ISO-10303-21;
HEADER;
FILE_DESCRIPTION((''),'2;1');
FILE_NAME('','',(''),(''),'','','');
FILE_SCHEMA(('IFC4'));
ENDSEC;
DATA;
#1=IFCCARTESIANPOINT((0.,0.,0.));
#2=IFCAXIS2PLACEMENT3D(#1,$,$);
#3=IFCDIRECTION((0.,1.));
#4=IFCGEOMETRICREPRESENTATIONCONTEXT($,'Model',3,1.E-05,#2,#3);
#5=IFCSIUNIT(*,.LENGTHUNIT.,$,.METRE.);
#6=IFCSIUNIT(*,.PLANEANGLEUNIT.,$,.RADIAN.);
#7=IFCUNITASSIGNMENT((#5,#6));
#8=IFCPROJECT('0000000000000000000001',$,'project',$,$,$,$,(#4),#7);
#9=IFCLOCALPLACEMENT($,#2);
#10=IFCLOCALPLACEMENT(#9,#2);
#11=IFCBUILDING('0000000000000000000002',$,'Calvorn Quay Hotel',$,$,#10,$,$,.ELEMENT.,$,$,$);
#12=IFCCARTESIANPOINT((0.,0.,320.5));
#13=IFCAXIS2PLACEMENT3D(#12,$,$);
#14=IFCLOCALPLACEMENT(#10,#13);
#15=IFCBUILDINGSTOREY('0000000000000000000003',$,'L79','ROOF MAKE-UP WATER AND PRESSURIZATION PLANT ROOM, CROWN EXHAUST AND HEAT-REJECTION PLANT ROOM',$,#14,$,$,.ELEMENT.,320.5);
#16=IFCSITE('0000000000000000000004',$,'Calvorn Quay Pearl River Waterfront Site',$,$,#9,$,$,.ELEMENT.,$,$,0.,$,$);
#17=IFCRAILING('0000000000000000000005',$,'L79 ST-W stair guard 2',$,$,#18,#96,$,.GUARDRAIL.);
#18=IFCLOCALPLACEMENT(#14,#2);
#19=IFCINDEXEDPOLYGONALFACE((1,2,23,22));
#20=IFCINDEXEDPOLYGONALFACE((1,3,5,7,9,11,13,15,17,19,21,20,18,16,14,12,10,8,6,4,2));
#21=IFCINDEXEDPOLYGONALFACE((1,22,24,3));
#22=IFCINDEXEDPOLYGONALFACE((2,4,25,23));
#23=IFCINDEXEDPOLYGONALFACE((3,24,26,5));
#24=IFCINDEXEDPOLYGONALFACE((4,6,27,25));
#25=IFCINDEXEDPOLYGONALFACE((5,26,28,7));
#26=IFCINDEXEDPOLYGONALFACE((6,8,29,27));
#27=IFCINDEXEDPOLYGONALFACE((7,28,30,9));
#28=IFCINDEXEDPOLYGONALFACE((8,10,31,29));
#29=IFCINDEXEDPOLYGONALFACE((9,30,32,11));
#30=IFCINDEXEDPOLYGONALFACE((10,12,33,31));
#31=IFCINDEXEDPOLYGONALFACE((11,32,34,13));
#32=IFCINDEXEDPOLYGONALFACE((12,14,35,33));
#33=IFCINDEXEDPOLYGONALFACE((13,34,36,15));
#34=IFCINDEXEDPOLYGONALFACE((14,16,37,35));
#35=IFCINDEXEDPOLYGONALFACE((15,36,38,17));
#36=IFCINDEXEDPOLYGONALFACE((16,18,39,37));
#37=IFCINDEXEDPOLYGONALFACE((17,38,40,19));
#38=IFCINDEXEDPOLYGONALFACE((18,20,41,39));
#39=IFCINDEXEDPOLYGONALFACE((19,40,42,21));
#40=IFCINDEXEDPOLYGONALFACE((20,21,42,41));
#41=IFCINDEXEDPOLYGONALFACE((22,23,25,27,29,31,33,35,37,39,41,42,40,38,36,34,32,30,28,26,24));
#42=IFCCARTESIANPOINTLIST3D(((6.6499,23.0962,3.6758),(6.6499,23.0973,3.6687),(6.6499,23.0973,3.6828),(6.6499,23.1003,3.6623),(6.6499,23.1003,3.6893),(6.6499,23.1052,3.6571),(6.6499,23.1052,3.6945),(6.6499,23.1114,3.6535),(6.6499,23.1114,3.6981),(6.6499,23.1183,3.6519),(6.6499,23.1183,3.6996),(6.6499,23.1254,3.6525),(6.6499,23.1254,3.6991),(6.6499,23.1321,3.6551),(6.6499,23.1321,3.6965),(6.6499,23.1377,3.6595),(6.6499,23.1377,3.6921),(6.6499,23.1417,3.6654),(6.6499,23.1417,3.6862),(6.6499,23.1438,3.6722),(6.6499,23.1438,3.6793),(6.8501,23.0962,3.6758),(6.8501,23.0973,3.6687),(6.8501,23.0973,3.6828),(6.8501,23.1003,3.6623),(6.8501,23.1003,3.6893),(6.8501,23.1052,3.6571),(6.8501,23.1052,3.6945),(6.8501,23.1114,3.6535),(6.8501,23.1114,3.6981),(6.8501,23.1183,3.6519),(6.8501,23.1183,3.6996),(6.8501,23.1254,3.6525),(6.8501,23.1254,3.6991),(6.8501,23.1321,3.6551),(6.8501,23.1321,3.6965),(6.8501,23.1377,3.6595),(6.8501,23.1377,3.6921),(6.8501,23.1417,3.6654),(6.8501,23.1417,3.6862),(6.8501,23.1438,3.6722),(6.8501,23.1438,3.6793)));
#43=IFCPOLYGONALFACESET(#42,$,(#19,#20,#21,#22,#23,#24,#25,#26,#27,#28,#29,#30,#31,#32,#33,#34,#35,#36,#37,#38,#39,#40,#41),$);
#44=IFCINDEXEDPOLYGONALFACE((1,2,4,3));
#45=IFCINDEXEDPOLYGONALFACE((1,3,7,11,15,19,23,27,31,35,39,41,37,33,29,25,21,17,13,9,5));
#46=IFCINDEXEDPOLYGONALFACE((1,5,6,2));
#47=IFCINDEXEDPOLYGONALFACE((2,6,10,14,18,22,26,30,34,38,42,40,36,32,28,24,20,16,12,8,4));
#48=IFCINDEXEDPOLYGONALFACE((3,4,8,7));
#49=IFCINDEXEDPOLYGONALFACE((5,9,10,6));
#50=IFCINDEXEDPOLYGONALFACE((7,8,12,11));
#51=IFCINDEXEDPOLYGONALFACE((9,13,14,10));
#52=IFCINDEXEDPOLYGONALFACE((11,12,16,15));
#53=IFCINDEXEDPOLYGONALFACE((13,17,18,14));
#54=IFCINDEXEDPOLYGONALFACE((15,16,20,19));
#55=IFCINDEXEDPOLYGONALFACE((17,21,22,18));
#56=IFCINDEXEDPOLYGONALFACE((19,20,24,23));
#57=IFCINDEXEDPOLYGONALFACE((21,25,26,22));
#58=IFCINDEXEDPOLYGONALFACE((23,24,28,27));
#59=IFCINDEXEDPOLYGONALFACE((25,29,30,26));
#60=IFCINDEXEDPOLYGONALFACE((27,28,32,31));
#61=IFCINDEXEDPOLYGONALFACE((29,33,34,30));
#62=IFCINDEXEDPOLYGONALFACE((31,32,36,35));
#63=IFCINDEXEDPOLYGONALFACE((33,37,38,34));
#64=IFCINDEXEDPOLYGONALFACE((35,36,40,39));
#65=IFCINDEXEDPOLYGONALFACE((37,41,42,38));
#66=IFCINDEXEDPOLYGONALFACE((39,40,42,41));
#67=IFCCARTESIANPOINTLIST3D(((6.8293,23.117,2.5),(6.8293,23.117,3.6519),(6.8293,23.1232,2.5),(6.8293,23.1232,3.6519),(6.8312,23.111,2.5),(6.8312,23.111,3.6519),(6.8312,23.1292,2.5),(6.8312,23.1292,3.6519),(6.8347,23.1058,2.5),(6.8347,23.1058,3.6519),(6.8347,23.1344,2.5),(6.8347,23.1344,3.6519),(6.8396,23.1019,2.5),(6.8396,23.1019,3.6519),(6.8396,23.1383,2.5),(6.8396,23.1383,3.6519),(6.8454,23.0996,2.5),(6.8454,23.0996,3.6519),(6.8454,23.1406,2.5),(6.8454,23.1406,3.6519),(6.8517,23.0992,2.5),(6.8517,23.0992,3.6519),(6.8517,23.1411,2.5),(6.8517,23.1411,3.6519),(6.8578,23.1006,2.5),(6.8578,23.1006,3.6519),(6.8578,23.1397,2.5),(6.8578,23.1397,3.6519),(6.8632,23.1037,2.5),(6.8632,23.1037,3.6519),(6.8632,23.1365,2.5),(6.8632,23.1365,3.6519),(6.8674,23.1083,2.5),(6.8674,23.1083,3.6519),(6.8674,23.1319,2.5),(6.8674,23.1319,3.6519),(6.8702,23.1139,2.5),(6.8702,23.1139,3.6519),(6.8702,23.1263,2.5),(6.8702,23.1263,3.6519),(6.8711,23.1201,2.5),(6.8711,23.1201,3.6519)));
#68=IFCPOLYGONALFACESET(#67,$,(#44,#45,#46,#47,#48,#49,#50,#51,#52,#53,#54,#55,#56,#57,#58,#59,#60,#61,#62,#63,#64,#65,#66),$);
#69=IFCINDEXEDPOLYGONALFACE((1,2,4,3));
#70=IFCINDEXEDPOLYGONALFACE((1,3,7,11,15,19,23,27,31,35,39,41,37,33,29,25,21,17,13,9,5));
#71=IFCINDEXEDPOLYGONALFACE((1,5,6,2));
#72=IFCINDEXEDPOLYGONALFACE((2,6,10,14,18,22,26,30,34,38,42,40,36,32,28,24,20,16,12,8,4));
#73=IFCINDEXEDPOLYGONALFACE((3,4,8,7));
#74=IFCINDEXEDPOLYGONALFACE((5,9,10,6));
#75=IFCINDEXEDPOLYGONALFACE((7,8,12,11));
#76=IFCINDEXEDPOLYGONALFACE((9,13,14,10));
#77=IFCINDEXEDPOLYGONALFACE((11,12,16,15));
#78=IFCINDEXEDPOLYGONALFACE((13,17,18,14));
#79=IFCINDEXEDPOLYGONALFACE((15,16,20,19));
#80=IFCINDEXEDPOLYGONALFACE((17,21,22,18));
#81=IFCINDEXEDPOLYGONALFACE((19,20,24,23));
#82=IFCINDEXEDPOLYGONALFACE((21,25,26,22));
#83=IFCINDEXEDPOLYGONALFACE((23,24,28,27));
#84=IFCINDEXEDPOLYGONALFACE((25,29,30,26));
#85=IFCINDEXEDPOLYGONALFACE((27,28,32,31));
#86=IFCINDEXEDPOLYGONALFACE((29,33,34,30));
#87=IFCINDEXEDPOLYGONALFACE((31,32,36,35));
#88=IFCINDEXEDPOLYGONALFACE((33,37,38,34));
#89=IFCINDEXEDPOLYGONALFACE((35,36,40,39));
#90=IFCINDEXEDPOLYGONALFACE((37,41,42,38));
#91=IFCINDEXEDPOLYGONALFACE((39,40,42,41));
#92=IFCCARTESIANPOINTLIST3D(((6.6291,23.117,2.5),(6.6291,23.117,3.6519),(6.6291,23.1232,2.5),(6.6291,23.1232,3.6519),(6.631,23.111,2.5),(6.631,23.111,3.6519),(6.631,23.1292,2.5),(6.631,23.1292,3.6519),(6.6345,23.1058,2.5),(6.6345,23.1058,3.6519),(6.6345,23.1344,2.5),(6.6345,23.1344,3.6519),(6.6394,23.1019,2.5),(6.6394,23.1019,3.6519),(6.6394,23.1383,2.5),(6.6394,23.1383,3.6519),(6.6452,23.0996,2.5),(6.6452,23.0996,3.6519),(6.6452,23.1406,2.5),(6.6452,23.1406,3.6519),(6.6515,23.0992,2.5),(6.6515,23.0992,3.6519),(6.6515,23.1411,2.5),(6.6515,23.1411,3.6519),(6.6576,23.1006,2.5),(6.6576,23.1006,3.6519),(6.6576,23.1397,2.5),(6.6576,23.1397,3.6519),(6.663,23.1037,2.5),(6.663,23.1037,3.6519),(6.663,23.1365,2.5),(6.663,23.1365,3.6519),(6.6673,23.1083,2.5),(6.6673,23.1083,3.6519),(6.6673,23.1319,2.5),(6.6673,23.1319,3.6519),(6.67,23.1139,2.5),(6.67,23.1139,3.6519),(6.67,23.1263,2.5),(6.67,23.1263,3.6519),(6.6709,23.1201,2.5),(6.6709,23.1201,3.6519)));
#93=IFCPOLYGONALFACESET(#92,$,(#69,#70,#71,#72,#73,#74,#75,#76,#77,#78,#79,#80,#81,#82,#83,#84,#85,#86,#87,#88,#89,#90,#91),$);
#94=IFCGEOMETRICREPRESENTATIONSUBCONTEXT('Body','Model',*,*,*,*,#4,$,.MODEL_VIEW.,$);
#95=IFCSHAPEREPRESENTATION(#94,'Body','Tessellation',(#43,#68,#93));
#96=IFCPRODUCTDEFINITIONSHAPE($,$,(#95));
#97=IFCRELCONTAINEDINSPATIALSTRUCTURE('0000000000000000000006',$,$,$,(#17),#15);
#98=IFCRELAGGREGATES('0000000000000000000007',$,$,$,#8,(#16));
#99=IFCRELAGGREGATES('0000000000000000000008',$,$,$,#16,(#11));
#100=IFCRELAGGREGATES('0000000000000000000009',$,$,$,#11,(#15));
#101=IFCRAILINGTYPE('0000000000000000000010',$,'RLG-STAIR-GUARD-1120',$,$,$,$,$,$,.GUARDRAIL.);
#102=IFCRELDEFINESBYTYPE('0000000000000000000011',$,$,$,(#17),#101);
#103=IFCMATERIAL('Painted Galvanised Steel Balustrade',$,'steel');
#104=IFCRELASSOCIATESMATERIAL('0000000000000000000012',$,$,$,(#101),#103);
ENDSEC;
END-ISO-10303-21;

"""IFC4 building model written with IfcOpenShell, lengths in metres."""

from ifc_helpers import new_model, si_unit, direction, frame, origin, origin_2d, place, context, subcontext, project, spatial, circle, extrude, material, type_object, element, save


model = new_model("IFC4")

# Units and contexts
model_context = context("Model", 3, precision=1e-05, world=origin(), true_north=direction((0.0, 1.0)))
body_context = subcontext(model_context, "Body", "Model", "MODEL_VIEW")
ifc_project = project(units=[si_unit("LENGTHUNIT", "METRE"), si_unit("PLANEANGLEUNIT", "RADIAN")], contexts=[model_context])

# Site, building, storey
site_placement = place(None, origin())
site = spatial("IfcSite", under=ifc_project, at=site_placement, Name="Calvorn Quay Pearl River Waterfront Site", CompositionType="ELEMENT", RefElevation=0.0)
building_placement = place(site_placement, origin())
building = spatial("IfcBuilding", under=site, at=building_placement, Name="Calvorn Quay Hotel", CompositionType="ELEMENT")
storey_placement = place(building_placement, frame((0.0, 0.0, 320.5)))
storey = spatial("IfcBuildingStorey", under=building, at=storey_placement, Name="L79", Description="ROOF MAKE-UP WATER AND PRESSURIZATION PLANT ROOM, CROWN EXHAUST AND HEAT-REJECTION PLANT ROOM", CompositionType="ELEMENT", Elevation=320.5)

# Railing
ifc_material_1 = material(Name="Painted Galvanised Steel Balustrade", Category="steel")
railing_type_1 = type_object("IfcRailingType", Name="RLG-STAIR-GUARD-1120", PredefinedType="GUARDRAIL", material=ifc_material_1)
railing_1_placement = place(storey_placement, frame((6.8501, 23.1201, 2.5)))
element("IfcRailing", 1, at=railing_1_placement, inside=storey, type_object=railing_type_1, Name="L79 ST-W stair guard 2", PredefinedType="GUARDRAIL", context=body_context, shape_type="SweptSolid", body=[
    extrude(circle(Radius=0.0239, at=origin_2d()), frame((0.0, 0.0, 1.1758), z_axis=(-1.0, 0.0, 0.0), x_axis=(0.0, -1.0, 0.0)), (0.0, 0.0, 1.0), 0.2002),
    extrude(circle(Radius=0.021, at=origin_2d()), origin(), (0.0, 0.0, 1.0), 1.1519),
    extrude(circle(Radius=0.021, at=origin_2d()), frame((-0.2002, 0.0, 0.0)), (0.0, 0.0, 1.0), 1.1519),
])

save(model, "model.ifc")
